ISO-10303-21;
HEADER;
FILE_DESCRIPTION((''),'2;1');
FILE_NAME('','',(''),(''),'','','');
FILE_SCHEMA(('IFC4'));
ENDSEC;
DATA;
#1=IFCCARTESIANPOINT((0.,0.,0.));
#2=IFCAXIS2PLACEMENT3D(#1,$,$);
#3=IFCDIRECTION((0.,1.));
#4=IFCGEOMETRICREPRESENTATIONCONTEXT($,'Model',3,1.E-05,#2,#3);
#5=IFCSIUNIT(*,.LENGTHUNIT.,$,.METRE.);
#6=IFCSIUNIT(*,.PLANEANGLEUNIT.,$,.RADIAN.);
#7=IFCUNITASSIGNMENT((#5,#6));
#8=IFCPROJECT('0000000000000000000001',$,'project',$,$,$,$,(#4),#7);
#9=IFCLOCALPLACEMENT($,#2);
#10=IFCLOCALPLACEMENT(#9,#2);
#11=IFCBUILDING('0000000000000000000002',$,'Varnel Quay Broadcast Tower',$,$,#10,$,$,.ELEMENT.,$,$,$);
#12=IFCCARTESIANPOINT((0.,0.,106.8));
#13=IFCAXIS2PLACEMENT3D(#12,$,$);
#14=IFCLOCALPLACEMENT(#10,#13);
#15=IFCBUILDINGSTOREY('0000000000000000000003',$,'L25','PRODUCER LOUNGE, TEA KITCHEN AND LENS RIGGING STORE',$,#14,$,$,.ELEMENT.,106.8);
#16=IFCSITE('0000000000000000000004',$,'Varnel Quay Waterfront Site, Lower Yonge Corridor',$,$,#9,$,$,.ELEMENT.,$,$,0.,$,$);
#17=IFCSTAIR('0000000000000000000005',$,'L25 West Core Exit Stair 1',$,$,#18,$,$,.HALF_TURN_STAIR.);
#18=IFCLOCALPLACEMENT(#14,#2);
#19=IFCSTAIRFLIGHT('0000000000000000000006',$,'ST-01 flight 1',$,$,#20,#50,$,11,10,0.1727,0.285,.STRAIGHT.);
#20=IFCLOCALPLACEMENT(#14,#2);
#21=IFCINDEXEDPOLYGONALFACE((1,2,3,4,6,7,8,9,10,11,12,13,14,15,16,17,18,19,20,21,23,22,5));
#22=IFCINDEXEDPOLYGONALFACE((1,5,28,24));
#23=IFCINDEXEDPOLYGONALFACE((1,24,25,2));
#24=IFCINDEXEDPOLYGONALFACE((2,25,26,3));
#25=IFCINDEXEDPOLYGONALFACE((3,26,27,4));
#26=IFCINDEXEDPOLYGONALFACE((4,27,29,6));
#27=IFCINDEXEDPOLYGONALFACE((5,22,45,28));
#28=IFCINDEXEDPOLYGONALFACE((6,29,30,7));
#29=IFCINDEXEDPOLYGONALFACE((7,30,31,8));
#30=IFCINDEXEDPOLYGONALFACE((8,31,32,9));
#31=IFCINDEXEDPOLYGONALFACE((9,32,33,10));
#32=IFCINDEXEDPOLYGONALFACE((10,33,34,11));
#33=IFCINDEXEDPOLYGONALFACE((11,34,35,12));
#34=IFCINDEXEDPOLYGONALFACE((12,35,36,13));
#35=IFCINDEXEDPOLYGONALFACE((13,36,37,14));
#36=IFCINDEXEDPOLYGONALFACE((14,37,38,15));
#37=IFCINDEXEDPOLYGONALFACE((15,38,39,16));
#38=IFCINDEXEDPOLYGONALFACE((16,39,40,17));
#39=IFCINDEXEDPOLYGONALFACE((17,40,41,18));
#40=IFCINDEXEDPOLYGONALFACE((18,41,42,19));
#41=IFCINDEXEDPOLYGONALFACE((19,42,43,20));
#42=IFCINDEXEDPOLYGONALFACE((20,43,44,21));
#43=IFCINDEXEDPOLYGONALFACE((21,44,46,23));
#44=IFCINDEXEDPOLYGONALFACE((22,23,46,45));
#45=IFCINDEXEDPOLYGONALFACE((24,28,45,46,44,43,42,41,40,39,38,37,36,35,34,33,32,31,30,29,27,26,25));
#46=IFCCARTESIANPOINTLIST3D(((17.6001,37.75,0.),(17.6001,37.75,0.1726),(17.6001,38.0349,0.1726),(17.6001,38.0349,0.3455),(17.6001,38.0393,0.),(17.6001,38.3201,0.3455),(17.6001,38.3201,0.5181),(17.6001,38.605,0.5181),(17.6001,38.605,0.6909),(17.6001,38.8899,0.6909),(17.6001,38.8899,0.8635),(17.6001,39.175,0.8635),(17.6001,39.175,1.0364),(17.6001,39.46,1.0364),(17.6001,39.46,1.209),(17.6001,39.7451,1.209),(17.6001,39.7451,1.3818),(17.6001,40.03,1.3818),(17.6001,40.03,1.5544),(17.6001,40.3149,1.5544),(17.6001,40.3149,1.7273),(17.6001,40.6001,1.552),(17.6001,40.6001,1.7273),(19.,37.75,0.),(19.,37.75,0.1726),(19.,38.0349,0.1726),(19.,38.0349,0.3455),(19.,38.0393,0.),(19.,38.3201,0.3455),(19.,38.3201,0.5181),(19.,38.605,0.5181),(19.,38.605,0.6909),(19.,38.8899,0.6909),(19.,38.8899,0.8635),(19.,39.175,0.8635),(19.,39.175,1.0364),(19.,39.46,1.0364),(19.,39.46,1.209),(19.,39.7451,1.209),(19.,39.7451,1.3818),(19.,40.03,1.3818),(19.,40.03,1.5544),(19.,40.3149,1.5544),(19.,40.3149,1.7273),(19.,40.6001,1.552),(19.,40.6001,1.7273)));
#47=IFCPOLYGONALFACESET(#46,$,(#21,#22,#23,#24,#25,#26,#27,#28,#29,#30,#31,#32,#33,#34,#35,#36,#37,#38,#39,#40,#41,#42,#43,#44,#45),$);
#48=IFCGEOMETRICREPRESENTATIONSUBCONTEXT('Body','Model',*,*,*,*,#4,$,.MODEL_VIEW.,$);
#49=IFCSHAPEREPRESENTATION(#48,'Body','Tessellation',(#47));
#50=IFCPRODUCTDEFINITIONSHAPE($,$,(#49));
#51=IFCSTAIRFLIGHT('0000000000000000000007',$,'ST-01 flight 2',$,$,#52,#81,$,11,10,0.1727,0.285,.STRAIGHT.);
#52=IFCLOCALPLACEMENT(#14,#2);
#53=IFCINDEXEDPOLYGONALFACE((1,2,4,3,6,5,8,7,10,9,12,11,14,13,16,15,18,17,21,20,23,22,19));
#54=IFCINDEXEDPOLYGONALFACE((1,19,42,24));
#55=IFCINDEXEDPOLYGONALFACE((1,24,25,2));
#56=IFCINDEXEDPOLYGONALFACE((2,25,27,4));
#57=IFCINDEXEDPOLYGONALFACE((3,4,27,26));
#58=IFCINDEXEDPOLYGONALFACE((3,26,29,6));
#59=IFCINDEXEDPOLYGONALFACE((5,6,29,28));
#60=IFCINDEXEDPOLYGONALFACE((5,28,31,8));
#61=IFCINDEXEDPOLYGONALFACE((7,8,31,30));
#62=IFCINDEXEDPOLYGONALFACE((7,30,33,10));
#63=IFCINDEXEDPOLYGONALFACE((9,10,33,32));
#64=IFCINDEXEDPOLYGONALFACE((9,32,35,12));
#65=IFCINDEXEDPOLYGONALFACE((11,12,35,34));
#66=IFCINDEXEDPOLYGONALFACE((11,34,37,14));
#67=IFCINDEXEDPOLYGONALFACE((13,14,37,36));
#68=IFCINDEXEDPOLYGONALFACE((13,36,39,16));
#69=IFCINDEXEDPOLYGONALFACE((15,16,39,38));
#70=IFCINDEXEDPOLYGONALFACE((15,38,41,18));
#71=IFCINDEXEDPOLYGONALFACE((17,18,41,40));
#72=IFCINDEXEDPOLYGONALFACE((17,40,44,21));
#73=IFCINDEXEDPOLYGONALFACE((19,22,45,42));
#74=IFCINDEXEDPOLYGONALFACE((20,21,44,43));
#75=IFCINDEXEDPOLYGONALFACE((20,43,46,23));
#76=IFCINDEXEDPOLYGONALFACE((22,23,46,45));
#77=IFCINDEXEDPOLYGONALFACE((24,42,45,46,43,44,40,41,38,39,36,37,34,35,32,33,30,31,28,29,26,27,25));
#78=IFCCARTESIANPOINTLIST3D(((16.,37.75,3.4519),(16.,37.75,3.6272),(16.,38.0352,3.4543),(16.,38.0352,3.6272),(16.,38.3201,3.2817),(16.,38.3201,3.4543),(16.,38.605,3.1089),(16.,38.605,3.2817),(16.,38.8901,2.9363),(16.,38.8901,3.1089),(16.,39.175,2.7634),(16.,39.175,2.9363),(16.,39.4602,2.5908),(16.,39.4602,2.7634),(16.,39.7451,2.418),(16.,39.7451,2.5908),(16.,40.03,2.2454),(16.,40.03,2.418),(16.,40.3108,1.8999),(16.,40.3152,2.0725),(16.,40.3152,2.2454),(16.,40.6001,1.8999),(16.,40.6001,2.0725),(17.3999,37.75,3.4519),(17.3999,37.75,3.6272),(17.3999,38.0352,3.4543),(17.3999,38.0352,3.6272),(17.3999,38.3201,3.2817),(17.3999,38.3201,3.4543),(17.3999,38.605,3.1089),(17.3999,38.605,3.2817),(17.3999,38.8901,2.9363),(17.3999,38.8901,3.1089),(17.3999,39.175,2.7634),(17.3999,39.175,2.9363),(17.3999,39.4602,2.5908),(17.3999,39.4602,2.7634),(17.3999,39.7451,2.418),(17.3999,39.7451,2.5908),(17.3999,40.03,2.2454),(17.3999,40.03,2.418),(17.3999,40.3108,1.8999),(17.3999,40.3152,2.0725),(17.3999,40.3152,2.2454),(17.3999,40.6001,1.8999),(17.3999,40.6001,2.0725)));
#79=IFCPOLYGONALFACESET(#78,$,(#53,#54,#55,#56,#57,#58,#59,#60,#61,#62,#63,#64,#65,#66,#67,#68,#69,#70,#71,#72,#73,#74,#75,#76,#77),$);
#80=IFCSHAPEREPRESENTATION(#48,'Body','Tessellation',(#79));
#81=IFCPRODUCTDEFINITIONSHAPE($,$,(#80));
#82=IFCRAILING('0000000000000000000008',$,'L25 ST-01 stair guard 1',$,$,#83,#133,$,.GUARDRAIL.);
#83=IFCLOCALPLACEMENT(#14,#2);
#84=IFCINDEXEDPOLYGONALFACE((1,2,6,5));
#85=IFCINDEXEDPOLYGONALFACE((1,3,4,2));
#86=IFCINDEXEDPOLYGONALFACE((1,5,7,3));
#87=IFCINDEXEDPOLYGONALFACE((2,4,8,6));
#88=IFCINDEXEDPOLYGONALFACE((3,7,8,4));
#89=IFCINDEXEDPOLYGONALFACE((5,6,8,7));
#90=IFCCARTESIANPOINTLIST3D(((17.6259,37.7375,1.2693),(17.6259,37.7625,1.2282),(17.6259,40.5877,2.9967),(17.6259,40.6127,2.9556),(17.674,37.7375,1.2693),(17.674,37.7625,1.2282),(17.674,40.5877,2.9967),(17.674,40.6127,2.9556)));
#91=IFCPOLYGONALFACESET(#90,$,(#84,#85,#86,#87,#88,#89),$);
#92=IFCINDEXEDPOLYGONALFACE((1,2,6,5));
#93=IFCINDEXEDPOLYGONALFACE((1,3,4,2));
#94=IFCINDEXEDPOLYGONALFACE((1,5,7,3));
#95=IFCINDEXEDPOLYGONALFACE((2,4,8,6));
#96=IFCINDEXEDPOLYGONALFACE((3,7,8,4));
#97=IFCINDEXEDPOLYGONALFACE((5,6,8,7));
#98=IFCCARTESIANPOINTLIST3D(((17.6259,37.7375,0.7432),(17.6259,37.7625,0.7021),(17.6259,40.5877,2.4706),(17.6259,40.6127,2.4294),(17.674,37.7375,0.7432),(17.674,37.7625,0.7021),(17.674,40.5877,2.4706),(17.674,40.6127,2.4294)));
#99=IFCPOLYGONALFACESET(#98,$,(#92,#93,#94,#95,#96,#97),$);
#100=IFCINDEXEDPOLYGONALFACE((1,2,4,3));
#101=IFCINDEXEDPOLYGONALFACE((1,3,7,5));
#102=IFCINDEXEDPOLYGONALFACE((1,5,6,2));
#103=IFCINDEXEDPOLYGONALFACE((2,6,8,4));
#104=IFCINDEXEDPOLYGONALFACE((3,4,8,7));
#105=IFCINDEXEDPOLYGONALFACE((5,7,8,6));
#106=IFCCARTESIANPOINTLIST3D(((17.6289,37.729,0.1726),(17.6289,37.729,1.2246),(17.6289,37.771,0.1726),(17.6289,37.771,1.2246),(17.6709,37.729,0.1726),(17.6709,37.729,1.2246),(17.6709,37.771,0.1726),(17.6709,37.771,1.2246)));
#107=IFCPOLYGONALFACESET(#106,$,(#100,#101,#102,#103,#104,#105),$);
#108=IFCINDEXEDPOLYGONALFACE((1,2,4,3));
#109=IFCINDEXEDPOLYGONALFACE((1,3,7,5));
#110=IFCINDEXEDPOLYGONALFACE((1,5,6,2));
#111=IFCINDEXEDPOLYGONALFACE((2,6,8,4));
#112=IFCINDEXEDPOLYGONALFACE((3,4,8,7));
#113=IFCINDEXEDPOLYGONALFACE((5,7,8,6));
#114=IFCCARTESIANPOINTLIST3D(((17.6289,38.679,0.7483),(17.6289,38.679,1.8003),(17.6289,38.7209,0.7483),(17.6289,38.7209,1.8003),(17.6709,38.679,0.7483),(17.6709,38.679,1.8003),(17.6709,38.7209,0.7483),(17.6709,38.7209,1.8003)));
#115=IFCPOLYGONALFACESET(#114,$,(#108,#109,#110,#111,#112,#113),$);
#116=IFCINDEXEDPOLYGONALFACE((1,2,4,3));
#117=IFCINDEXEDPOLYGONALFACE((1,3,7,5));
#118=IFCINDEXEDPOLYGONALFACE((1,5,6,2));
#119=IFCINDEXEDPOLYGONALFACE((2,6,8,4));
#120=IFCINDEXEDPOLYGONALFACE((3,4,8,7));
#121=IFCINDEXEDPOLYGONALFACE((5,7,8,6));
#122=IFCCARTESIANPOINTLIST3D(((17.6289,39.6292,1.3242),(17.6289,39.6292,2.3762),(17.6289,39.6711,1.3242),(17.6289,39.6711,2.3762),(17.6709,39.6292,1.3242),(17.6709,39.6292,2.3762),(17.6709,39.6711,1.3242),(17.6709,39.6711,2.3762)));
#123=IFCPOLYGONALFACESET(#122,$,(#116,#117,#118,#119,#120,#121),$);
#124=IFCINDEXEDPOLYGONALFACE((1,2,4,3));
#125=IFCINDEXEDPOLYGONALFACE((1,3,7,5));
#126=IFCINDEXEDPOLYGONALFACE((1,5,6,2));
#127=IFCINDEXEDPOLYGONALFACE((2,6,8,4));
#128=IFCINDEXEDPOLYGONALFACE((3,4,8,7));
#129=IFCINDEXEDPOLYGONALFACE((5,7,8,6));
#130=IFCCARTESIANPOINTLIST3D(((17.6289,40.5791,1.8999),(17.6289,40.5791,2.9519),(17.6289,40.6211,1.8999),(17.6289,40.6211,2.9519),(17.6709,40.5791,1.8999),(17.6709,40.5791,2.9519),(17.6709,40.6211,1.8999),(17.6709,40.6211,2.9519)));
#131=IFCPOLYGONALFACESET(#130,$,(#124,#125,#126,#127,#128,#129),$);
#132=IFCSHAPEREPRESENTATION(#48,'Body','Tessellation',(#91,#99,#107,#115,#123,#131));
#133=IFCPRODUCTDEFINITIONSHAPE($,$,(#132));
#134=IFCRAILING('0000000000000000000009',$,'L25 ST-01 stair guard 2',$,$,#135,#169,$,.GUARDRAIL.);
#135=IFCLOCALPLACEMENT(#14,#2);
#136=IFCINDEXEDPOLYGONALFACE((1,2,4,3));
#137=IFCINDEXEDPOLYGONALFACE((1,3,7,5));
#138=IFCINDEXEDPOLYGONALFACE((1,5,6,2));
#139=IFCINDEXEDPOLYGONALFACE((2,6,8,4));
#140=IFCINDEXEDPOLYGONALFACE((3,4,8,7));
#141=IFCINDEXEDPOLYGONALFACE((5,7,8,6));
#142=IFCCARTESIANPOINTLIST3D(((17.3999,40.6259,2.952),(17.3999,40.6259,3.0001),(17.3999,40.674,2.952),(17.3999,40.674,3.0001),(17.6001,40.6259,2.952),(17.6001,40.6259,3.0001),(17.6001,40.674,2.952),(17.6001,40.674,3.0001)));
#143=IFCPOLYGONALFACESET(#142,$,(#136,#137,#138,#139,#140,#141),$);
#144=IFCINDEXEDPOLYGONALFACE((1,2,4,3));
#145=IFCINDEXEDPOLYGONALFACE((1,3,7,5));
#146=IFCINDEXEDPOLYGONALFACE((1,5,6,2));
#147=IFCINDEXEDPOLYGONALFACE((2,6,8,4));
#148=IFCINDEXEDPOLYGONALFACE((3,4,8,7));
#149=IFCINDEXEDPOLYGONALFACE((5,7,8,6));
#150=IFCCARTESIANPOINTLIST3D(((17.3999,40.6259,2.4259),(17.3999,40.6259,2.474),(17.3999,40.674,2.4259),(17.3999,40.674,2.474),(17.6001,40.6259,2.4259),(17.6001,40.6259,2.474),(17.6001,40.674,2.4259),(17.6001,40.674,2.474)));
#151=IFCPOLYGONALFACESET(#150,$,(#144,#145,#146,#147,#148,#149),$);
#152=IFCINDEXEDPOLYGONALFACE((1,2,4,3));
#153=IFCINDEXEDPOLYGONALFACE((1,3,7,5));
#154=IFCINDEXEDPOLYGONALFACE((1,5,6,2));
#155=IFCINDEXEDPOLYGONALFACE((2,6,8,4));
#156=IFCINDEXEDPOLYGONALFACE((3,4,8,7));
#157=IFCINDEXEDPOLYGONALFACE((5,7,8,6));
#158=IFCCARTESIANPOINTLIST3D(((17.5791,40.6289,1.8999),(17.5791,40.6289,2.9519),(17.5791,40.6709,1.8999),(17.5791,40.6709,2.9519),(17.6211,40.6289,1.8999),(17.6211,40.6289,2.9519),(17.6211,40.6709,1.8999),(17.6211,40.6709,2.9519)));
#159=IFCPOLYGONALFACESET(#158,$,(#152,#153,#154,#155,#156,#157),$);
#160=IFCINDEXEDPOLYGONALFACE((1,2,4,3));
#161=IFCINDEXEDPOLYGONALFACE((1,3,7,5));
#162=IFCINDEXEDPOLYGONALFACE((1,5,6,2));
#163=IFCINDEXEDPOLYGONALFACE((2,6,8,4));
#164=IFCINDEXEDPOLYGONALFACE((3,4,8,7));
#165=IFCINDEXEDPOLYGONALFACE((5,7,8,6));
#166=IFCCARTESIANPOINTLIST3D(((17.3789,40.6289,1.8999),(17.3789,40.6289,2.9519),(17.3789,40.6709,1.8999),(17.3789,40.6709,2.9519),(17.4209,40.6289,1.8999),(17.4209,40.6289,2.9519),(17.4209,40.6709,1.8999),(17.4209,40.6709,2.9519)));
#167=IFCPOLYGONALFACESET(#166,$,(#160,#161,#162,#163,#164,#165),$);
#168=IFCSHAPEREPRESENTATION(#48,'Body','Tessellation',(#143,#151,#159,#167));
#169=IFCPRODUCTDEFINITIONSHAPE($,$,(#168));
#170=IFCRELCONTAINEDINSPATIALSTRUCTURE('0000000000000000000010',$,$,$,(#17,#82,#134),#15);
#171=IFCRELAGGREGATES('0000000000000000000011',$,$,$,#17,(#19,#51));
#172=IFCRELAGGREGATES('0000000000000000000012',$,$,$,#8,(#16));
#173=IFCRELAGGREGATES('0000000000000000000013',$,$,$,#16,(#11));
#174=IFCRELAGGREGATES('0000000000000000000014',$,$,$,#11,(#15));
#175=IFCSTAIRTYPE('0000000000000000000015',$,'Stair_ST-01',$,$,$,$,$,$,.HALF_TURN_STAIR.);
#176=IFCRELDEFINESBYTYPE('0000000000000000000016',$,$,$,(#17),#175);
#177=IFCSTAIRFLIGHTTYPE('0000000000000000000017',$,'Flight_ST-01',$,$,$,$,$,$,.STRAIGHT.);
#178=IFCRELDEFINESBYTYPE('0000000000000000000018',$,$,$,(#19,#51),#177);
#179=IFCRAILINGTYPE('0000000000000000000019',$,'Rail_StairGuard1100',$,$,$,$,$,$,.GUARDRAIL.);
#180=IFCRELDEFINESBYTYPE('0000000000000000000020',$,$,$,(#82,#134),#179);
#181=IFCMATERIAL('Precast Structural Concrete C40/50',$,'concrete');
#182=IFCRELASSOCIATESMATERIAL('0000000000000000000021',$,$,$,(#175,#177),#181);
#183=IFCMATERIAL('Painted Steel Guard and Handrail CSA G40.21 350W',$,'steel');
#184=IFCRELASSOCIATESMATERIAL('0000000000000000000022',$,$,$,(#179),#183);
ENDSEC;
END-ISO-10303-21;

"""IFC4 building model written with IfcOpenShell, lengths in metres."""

from ifc_helpers import new_model, si_unit, direction, frame, origin, origin_2d, place, context, subcontext, project, spatial, polyline, rectangle, outline, extrude, material, type_object, element, aggregate, save


model = new_model("IFC4")

# Units and contexts
model_context = context("Model", 3, precision=1e-05, world=origin(), true_north=direction((0.0, 1.0)))
body_context = subcontext(model_context, "Body", "Model", "MODEL_VIEW")
ifc_project = project(units=[si_unit("LENGTHUNIT", "METRE"), si_unit("PLANEANGLEUNIT", "RADIAN")], contexts=[model_context])

# Site, building, storey
site_placement = place(None, origin())
site = spatial("IfcSite", under=ifc_project, at=site_placement, Name="Varnel Quay Waterfront Site, Lower Yonge Corridor", CompositionType="ELEMENT", RefElevation=0.0)
building_placement = place(site_placement, origin())
building = spatial("IfcBuilding", under=site, at=building_placement, Name="Varnel Quay Broadcast Tower", CompositionType="ELEMENT")
storey_placement = place(building_placement, frame((0.0, 0.0, 106.8)))
storey = spatial("IfcBuildingStorey", under=building, at=storey_placement, Name="L25", Description="PRODUCER LOUNGE, TEA KITCHEN AND LENS RIGGING STORE", CompositionType="ELEMENT", Elevation=106.8)

# Stair, stair flights
ifc_material_1 = material(Name="Precast Structural Concrete C40/50", Category="concrete")
stair_type = type_object("IfcStairType", Name="Stair_ST-01", PredefinedType="HALF_TURN_STAIR", material=ifc_material_1)
stair_placement = place(storey_placement, origin())
stair = element("IfcStair", 1, at=stair_placement, inside=storey, type_object=stair_type, Name="L25 West Core Exit Stair 1", PredefinedType="HALF_TURN_STAIR")
stair_flight_type = type_object("IfcStairFlightType", Name="Flight_ST-01", PredefinedType="STRAIGHT", material=ifc_material_1)
stair_flight_1_placement = place(storey_placement, frame((18.3, 37.75, 0.0), z_axis=(0.0, 0.0, 1.0), x_axis=(0.0, 1.0, 0.0)))
stair_flight_1 = element("IfcStairFlight", 2, at=stair_flight_1_placement, type_object=stair_flight_type, Name="ST-01 flight 1", NumberOfRisers=11, NumberOfTreads=10, PredefinedType="STRAIGHT", RiserHeight=0.1727, TreadLength=0.285, context=body_context, shape_type="SweptSolid", body=[
    extrude(outline(polyline([(0.0, 0.0), (0.0, 0.1726), (0.2849, 0.1726), (0.2849, 0.3455), (0.5701, 0.3455), (0.5701, 0.5181), (0.855, 0.5181), (0.855, 0.6909), (1.1399, 0.6909), (1.1399, 0.8635), (1.425, 0.8635), (1.425, 1.0364), (1.71, 1.0364), (1.71, 1.209), (1.9951, 1.209), (1.9951, 1.3818), (2.28, 1.3818), (2.28, 1.5544), (2.5649, 1.5544), (2.5649, 1.7273), (2.8501, 1.7273), (2.8501, 1.8999), (2.8501, 1.552), (0.2893, 0.0), (0.0, 0.0)])), frame((0.0, 0.7, 0.0), z_axis=(0.0, -1.0, 0.0), x_axis=(1.0, 0.0, 0.0)), (0.0, 0.0, 1.0), 1.3999),
])
stair_flight_2_placement = place(storey_placement, frame((16.7, 40.6001, 1.8999), z_axis=(0.0, 0.0, 1.0), x_axis=(0.0, -1.0, 0.0)))
stair_flight_2 = element("IfcStairFlight", 3, at=stair_flight_2_placement, type_object=stair_flight_type, Name="ST-01 flight 2", NumberOfRisers=11, NumberOfTreads=10, PredefinedType="STRAIGHT", RiserHeight=0.1727, TreadLength=0.285, context=body_context, shape_type="SweptSolid", body=[
    extrude(outline(polyline([(0.0, 0.0), (0.0, 0.1726), (0.2849, 0.1726), (0.2849, 0.3455), (0.5701, 0.3455), (0.5701, 0.5181), (0.855, 0.5181), (0.855, 0.6909), (1.1399, 0.6909), (1.1399, 0.8635), (1.425, 0.8635), (1.425, 1.0364), (1.71, 1.0364), (1.71, 1.209), (1.9951, 1.209), (1.9951, 1.3818), (2.28, 1.3818), (2.28, 1.5544), (2.5649, 1.5544), (2.5649, 1.7273), (2.8501, 1.7273), (2.8501, 1.8999), (2.8501, 1.552), (0.2893, 0.0), (0.0, 0.0)])), frame((0.0, 0.7, 0.0), z_axis=(0.0, -1.0, 0.0), x_axis=(1.0, 0.0, 0.0)), (0.0, 0.0, 1.0), 1.3999),
])
aggregate(stair, [stair_flight_1, stair_flight_2])

# Railings
ifc_material_2 = material(Name="Painted Steel Guard and Handrail CSA G40.21 350W", Category="steel")
railing_type_1 = type_object("IfcRailingType", Name="Rail_StairGuard1100", PredefinedType="GUARDRAIL", material=ifc_material_2)
railing_1_placement = place(storey_placement, frame((17.6499, 37.75, 0.1726)))
element("IfcRailing", 4, at=railing_1_placement, inside=storey, type_object=railing_type_1, Name="L25 ST-01 stair guard 1", PredefinedType="GUARDRAIL", context=body_context, shape_type="SweptSolid", body=[
    extrude(rectangle(XDim=0.0481, YDim=0.0481, at=origin_2d()), frame((0.0, 0.0, 1.0762), z_axis=(0.0, 0.855203, 0.518294), x_axis=(-1.0, 0.0, 0.0)), (0.0, 0.0, 1.0), 3.3328),
    extrude(rectangle(XDim=0.0481, YDim=0.0481, at=origin_2d()), frame((0.0, 0.0, 0.55), z_axis=(0.0, 0.855203, 0.518294), x_axis=(-1.0, 0.0, 0.0)), (0.0, 0.0, 1.0), 3.3328),
    extrude(rectangle(XDim=0.042, YDim=0.042, at=origin_2d()), origin(), (0.0, 0.0, 1.0), 1.052),
    extrude(rectangle(XDim=0.042, YDim=0.042, at=origin_2d()), frame((0.0, 0.95, 0.5757)), (0.0, 0.0, 1.0), 1.052),
    extrude(rectangle(XDim=0.042, YDim=0.042, at=origin_2d()), frame((0.0, 1.9001, 1.1516)), (0.0, 0.0, 1.0), 1.052),
    extrude(rectangle(XDim=0.042, YDim=0.042, at=origin_2d()), frame((0.0, 2.8501, 1.7273)), (0.0, 0.0, 1.0), 1.052),
])
railing_2_placement = place(storey_placement, frame((17.6001, 40.6499, 1.8999)))
element("IfcRailing", 5, at=railing_2_placement, inside=storey, type_object=railing_type_1, Name="L25 ST-01 stair guard 2", PredefinedType="GUARDRAIL", context=body_context, shape_type="SweptSolid", body=[
    extrude(rectangle(XDim=0.0481, YDim=0.0481, at=origin_2d()), frame((0.0, 0.0, 1.0762), z_axis=(-1.0, 0.0, 0.0), x_axis=(0.0, -1.0, 0.0)), (0.0, 0.0, 1.0), 0.2002),
    extrude(rectangle(XDim=0.0481, YDim=0.0481, at=origin_2d()), frame((0.0, 0.0, 0.55), z_axis=(-1.0, 0.0, 0.0), x_axis=(0.0, -1.0, 0.0)), (0.0, 0.0, 1.0), 0.2002),
    extrude(rectangle(XDim=0.042, YDim=0.042, at=origin_2d()), origin(), (0.0, 0.0, 1.0), 1.052),
    extrude(rectangle(XDim=0.042, YDim=0.042, at=origin_2d()), frame((-0.2002, 0.0, 0.0)), (0.0, 0.0, 1.0), 1.052),
])

save(model, "model.ifc")
